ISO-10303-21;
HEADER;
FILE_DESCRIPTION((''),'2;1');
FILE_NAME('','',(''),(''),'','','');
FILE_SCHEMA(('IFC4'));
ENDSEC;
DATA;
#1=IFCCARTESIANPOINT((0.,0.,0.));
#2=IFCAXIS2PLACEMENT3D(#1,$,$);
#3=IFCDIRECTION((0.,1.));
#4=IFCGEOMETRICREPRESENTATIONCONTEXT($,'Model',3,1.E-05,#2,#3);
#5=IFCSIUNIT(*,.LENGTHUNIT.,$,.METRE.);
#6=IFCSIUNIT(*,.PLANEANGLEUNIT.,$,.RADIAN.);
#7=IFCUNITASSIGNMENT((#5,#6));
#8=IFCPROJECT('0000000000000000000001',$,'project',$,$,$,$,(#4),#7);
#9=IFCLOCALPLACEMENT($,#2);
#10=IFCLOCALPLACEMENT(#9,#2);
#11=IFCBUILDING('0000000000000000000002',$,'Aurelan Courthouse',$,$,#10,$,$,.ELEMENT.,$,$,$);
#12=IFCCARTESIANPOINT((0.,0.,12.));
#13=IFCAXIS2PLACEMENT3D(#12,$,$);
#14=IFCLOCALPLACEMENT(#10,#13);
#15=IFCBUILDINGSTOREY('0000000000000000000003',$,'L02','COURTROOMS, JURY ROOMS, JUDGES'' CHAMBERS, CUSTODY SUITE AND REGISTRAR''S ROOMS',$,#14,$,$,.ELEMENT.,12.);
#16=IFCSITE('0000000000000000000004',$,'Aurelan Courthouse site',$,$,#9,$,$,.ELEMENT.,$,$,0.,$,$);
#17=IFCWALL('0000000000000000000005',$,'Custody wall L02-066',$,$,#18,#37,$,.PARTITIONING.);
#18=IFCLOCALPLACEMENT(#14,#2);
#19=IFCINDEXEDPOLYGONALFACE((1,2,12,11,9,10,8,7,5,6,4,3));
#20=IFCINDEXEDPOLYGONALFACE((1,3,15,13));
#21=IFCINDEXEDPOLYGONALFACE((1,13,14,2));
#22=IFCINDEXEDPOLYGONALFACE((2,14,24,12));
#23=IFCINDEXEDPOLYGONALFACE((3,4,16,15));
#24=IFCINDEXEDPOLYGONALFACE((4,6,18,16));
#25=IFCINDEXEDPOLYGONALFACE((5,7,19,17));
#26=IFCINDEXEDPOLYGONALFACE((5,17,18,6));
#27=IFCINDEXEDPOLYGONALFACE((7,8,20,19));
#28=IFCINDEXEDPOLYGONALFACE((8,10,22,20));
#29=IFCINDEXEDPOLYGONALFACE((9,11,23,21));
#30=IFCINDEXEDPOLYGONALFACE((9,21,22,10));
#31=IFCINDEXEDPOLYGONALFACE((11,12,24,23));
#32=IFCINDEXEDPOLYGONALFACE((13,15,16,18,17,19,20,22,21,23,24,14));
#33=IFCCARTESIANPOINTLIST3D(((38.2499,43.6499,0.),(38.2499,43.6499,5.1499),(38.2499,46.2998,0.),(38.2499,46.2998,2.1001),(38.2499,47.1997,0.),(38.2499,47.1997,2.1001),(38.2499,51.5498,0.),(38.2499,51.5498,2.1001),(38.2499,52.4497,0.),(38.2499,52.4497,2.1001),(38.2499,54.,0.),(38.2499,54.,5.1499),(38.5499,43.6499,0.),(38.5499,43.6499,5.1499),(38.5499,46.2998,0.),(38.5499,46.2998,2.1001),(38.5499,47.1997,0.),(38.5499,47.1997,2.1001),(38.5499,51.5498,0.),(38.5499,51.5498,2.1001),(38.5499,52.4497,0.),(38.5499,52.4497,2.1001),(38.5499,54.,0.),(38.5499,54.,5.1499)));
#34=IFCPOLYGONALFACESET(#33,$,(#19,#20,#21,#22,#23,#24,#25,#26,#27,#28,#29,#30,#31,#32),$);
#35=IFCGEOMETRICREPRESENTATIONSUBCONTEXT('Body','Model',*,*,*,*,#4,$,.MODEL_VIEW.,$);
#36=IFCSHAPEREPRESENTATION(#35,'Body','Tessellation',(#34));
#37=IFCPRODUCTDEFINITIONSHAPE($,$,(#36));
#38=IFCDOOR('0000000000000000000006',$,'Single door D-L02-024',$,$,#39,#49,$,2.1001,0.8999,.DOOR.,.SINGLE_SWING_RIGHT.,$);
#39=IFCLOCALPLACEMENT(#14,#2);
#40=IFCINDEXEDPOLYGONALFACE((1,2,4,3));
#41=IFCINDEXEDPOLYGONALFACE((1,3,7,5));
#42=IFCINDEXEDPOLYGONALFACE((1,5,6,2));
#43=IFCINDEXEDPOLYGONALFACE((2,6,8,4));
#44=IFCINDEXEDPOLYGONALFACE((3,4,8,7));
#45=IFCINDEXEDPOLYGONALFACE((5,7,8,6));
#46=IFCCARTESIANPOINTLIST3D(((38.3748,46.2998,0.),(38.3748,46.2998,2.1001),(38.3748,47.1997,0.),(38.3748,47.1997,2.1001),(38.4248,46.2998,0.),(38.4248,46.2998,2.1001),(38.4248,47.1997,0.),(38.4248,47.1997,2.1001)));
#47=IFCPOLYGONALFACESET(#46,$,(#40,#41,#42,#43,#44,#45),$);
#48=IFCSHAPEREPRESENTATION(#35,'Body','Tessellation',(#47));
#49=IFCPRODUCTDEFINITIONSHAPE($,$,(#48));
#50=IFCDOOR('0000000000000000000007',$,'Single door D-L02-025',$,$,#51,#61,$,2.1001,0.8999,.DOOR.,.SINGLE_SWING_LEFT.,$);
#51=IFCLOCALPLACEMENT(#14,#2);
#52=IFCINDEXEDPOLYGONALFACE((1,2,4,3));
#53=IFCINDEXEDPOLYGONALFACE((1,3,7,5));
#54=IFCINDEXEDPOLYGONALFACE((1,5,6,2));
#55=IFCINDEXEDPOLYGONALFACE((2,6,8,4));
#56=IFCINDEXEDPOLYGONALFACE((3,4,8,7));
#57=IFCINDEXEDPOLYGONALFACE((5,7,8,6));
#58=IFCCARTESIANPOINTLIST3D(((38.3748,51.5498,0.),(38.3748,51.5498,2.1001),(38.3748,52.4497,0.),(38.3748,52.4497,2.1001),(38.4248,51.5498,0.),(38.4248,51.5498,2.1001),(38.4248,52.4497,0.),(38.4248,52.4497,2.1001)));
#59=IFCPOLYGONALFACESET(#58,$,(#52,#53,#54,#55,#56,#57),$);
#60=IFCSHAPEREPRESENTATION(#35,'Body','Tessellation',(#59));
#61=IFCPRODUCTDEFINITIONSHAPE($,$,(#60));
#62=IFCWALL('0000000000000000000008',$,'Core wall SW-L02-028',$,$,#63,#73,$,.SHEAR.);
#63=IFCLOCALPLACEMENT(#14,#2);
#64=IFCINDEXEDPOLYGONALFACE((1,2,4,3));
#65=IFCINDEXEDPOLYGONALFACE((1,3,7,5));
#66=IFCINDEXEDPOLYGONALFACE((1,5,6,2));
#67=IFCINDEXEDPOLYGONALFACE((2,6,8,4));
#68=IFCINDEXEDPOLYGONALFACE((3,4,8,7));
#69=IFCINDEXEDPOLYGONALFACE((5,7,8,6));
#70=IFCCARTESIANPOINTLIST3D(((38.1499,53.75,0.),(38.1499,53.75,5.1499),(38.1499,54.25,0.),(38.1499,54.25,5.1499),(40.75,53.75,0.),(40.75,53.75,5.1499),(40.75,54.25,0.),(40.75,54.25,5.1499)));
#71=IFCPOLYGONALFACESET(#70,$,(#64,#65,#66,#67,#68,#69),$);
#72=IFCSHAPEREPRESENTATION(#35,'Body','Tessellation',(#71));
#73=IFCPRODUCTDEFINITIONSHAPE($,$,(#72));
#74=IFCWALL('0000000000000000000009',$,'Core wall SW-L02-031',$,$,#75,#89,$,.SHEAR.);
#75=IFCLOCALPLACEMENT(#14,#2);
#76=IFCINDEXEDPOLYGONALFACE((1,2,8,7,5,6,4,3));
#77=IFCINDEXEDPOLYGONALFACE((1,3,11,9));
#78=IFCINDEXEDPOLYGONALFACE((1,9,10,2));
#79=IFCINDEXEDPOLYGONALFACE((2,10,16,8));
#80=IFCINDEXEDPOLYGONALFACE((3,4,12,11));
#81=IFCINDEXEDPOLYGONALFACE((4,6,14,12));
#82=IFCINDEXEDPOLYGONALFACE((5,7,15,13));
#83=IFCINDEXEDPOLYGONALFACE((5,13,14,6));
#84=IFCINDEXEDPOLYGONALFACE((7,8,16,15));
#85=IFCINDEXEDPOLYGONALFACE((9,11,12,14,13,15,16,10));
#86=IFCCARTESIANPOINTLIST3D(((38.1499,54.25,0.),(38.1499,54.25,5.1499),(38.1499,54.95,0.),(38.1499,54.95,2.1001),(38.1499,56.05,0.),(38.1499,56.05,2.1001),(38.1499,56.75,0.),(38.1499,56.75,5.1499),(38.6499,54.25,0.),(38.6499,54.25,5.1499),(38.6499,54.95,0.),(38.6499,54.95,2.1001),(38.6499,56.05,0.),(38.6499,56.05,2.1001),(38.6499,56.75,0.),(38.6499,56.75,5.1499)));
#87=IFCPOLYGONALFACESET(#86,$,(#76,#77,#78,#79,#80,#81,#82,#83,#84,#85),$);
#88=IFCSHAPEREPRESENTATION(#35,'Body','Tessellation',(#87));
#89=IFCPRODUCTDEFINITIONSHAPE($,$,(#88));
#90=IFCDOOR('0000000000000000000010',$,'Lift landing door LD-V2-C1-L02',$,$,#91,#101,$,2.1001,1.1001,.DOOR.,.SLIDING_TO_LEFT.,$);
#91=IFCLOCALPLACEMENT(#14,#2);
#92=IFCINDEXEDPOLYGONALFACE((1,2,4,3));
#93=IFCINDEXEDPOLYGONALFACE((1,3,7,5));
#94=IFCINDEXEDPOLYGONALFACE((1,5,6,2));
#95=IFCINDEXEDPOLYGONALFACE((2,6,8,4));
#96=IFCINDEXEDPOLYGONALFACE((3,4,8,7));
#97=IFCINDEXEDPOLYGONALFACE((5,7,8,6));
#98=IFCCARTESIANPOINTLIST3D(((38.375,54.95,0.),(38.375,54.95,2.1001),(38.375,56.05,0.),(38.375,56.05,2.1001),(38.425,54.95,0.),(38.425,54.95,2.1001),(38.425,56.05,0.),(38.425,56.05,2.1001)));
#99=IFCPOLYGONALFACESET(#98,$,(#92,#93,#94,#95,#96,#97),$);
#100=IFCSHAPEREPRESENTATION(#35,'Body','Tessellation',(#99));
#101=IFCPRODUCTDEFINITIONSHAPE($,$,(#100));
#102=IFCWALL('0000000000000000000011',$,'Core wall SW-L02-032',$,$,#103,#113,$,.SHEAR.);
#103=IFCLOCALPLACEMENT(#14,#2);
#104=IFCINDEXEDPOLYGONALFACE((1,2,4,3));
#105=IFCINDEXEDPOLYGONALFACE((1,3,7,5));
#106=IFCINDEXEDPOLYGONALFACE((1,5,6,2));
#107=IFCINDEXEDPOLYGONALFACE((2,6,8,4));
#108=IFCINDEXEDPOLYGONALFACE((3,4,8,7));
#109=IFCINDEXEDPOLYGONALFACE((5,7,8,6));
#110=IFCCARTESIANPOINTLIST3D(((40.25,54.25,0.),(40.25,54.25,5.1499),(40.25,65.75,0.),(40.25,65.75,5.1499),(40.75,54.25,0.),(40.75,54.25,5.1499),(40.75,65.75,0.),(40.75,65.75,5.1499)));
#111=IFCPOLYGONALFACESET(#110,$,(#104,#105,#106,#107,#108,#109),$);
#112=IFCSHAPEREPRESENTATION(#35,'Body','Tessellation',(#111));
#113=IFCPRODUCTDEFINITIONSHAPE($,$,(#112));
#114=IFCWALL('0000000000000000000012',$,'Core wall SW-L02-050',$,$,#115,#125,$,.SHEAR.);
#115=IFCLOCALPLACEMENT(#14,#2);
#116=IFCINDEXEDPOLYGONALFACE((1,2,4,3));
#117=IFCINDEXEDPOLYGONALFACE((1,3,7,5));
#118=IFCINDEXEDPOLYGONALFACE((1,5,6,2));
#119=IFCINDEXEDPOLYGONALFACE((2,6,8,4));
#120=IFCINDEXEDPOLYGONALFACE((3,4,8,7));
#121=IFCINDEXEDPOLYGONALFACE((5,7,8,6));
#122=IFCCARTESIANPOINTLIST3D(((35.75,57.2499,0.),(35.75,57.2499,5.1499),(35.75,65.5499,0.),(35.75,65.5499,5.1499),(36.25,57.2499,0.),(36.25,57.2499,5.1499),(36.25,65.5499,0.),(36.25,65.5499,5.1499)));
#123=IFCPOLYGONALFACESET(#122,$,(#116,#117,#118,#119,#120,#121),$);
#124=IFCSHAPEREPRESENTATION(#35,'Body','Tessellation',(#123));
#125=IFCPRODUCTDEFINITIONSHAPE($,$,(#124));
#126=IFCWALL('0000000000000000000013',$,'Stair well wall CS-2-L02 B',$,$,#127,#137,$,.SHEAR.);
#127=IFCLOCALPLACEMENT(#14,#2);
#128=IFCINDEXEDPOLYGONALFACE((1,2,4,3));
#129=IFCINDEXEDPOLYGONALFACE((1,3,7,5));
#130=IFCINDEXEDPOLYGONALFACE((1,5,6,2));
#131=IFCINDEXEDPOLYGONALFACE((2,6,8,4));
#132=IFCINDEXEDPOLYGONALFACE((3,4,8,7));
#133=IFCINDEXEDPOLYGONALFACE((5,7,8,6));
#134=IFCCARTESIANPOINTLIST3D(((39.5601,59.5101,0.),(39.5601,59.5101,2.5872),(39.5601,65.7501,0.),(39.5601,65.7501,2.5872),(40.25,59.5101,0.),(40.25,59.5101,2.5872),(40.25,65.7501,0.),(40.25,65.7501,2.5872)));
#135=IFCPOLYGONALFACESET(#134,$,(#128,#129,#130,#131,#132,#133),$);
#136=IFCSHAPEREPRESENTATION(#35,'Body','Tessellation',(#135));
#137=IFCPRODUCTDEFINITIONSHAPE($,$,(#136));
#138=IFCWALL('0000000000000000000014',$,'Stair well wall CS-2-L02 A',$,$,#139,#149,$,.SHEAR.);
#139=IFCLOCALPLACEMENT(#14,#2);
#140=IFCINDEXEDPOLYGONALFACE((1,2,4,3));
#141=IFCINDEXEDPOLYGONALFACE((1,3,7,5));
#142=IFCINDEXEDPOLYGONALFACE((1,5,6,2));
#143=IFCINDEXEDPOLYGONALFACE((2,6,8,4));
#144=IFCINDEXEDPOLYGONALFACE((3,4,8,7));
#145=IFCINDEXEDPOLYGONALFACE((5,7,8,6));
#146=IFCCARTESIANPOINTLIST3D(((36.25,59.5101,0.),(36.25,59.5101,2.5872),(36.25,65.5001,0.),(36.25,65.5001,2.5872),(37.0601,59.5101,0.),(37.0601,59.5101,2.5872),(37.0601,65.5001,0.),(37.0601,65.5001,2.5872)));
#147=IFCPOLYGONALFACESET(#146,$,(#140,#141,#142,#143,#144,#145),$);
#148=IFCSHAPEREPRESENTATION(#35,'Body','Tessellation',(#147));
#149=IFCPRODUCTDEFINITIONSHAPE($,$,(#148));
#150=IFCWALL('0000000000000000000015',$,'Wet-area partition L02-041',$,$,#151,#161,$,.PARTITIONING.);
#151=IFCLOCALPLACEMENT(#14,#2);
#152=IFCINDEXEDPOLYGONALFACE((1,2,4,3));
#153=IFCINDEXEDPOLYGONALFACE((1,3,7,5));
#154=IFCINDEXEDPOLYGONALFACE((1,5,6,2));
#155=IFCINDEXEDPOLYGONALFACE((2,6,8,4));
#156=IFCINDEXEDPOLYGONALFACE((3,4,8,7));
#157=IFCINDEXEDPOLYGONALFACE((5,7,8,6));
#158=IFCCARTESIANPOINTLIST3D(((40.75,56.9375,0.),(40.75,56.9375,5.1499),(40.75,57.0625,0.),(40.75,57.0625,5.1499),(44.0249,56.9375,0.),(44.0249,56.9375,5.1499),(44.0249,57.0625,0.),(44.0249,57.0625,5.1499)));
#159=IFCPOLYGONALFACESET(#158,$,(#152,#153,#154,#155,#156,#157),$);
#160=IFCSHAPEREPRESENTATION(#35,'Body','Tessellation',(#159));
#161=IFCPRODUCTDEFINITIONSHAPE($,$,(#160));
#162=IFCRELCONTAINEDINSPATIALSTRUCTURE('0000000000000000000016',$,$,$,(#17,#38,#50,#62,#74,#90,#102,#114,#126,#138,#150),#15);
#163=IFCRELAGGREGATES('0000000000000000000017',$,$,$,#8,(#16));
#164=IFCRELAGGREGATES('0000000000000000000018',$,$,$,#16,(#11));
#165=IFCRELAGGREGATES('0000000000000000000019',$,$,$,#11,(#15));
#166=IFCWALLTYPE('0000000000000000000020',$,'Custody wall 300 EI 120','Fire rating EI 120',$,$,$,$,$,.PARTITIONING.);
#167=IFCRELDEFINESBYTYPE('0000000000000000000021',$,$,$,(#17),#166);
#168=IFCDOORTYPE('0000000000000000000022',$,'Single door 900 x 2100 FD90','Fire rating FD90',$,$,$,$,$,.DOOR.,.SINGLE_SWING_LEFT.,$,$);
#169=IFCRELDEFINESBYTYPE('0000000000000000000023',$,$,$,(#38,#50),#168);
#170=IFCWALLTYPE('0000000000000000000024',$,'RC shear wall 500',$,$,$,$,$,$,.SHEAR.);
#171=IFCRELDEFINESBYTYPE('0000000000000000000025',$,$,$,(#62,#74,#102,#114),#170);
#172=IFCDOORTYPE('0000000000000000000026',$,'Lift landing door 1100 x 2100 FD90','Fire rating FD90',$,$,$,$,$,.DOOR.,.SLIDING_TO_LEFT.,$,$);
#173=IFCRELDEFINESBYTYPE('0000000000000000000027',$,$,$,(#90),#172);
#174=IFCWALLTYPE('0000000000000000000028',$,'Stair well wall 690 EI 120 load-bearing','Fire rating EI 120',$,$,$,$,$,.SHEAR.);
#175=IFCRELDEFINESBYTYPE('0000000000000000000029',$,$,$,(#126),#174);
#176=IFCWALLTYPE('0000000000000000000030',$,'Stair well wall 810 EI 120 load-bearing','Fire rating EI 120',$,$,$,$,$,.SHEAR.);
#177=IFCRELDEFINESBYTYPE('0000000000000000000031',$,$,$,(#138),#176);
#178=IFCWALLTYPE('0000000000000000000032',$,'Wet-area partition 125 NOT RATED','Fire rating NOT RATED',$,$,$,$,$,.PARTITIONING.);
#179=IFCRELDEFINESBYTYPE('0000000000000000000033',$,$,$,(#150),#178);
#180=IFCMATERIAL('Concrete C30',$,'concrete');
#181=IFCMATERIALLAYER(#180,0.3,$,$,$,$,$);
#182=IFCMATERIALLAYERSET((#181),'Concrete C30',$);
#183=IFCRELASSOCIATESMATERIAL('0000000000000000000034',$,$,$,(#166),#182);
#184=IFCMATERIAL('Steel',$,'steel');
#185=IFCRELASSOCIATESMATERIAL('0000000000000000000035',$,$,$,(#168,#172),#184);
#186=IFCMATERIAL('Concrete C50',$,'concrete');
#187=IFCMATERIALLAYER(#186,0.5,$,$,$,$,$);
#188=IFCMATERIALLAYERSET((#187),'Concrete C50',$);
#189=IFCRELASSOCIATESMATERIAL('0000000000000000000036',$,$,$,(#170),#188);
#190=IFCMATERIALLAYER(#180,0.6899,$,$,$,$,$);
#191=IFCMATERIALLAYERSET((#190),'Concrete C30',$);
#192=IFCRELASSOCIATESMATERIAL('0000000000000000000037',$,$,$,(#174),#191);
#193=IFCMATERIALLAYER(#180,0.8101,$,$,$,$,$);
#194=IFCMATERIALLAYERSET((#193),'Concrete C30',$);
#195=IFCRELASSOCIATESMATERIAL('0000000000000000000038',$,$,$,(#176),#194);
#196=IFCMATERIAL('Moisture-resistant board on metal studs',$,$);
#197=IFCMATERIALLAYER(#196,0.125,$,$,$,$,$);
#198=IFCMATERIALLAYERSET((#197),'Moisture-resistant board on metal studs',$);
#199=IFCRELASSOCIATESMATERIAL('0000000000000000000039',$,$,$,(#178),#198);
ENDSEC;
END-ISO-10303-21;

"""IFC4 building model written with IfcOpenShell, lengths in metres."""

from ifc_helpers import new_model, si_unit, direction, frame, frame_2d, origin, place, context, subcontext, project, spatial, rectangle, extrude, material, layer, layer_set, type_object, element, fill, save


model = new_model("IFC4")

# Units and contexts
model_context = context("Model", 3, precision=1e-05, world=origin(), true_north=direction((0.0, 1.0)))
body_context = subcontext(model_context, "Body", "Model", "MODEL_VIEW")
ifc_project = project(units=[si_unit("LENGTHUNIT", "METRE"), si_unit("PLANEANGLEUNIT", "RADIAN")], contexts=[model_context])

# Site, building, storey
site_placement = place(None, origin())
site = spatial("IfcSite", under=ifc_project, at=site_placement, Name="Aurelan Courthouse site", CompositionType="ELEMENT", RefElevation=0.0)
building_placement = place(site_placement, origin())
building = spatial("IfcBuilding", under=site, at=building_placement, Name="Aurelan Courthouse", CompositionType="ELEMENT")
storey_placement = place(building_placement, frame((0.0, 0.0, 12.0)))
storey = spatial("IfcBuildingStorey", under=building, at=storey_placement, Name="L02", Description="COURTROOMS, JURY ROOMS, JUDGES' CHAMBERS, CUSTODY SUITE AND REGISTRAR'S ROOMS", CompositionType="ELEMENT", Elevation=12.0)

# Shared definitions
ifc_material_1 = material(Name="Concrete C50", Category="concrete")

# Shared definitions
ifc_material_2 = material(Name="Steel", Category="steel")

# Shared definitions
ifc_material_3 = material(Name="Concrete C30", Category="concrete")
ifc_layer_1 = layer(ifc_material_3, 0.3)
ifc_layer_set_1 = layer_set([ifc_layer_1], Name="Concrete C30")
wall_type_1 = type_object("IfcWallType", Name="Custody wall 300 EI 120", Description="Fire rating EI 120", PredefinedType="PARTITIONING", material=ifc_layer_set_1)

# Wall, openings, doors
wall_1_placement = place(storey_placement, frame((38.3999, 43.6499, 0.0), z_axis=(0.0, 0.0, 1.0), x_axis=(0.0, 1.0, 0.0)))
wall_1 = element("IfcWall", 1, at=wall_1_placement, inside=storey, type_object=wall_type_1, Name="Custody wall L02-066", PredefinedType="PARTITIONING", context=body_context, shape_type="SweptSolid", body=[
    extrude(rectangle(XDim=10.3501, YDim=0.3, at=frame_2d((5.175, 0.0))), origin(), (0.0, 0.0, 1.0), 5.1499),
])
opening_1_placement = place(wall_1_placement, frame((3.5498, 0.0, 0.0), z_axis=(0.0, 0.0, 1.0), x_axis=(-1.0, 0.0, 0.0)))
opening_1 = element("IfcOpeningElement", 2, at=opening_1_placement, cuts=wall_1, PredefinedType="OPENING", context=body_context, shape_type="SweptSolid", body=[
    extrude(rectangle(XDim=0.8999, YDim=2.1001, at=frame_2d((0.45, 1.05))), frame((0.0, 0.1599, 0.0), z_axis=(0.0, -1.0, 0.0), x_axis=(1.0, 0.0, 0.0)), (0.0, 0.0, 1.0), 0.3201),
])
opening_2_placement = place(wall_1_placement, frame((8.7998, 0.0, 0.0), z_axis=(0.0, 0.0, 1.0), x_axis=(-1.0, 0.0, 0.0)))
opening_2 = element("IfcOpeningElement", 3, at=opening_2_placement, cuts=wall_1, PredefinedType="OPENING", context=body_context, shape_type="SweptSolid", body=[
    extrude(rectangle(XDim=0.8999, YDim=2.1001, at=frame_2d((0.45, 1.05))), frame((0.0, 0.1599, 0.0), z_axis=(0.0, -1.0, 0.0), x_axis=(1.0, 0.0, 0.0)), (0.0, 0.0, 1.0), 0.3201),
])
door_type_1 = type_object("IfcDoorType", Name="Single door 900 x 2100 FD90", Description="Fire rating FD90", OperationType="SINGLE_SWING_LEFT", PredefinedType="DOOR", material=ifc_material_2)
door_1_placement = place(opening_1_placement, origin())
door_1 = element("IfcDoor", 4, at=door_1_placement, inside=storey, type_object=door_type_1, Name="Single door D-L02-024", OperationType="SINGLE_SWING_RIGHT", OverallHeight=2.1001, OverallWidth=0.8999, PredefinedType="DOOR", context=body_context, shape_type="SweptSolid", body=[
    extrude(rectangle(XDim=0.8999, YDim=2.1001, at=frame_2d((0.45, 1.05))), frame((0.0, 0.0249, 0.0), z_axis=(0.0, -1.0, 0.0), x_axis=(1.0, 0.0, 0.0)), (0.0, 0.0, 1.0), 0.05),
])
fill(opening_1, door_1)
door_2_placement = place(opening_2_placement, origin())
door_2 = element("IfcDoor", 5, at=door_2_placement, inside=storey, type_object=door_type_1, Name="Single door D-L02-025", OperationType="SINGLE_SWING_LEFT", OverallHeight=2.1001, OverallWidth=0.8999, PredefinedType="DOOR", context=body_context, shape_type="SweptSolid", body=[
    extrude(rectangle(XDim=0.8999, YDim=2.1001, at=frame_2d((0.45, 1.05))), frame((0.0, 0.0249, 0.0), z_axis=(0.0, -1.0, 0.0), x_axis=(1.0, 0.0, 0.0)), (0.0, 0.0, 1.0), 0.05),
])
fill(opening_2, door_2)

# Wall
ifc_layer_2 = layer(ifc_material_1, 0.5)
ifc_layer_set_2 = layer_set([ifc_layer_2], Name="Concrete C50")
wall_type_2 = type_object("IfcWallType", Name="RC shear wall 500", PredefinedType="SHEAR", material=ifc_layer_set_2)
wall_2_placement = place(storey_placement, frame((38.1499, 54.0, 0.0), z_axis=(0.0, 0.0, 1.0), x_axis=(1.0, 0.0, 0.0)))
element("IfcWall", 6, at=wall_2_placement, inside=storey, type_object=wall_type_2, Name="Core wall SW-L02-028", PredefinedType="SHEAR", context=body_context, shape_type="SweptSolid", body=[
    extrude(rectangle(XDim=2.6001, YDim=0.5, at=frame_2d((1.3, 0.0))), origin(), (0.0, 0.0, 1.0), 5.1499),
])

# Wall, opening, door
wall_3_placement = place(storey_placement, frame((38.3999, 54.25, 0.0), z_axis=(0.0, 0.0, 1.0), x_axis=(0.0, 1.0, 0.0)))
wall_3 = element("IfcWall", 7, at=wall_3_placement, inside=storey, type_object=wall_type_2, Name="Core wall SW-L02-031", PredefinedType="SHEAR", context=body_context, shape_type="SweptSolid", body=[
    extrude(rectangle(XDim=2.5, YDim=0.5, at=frame_2d((1.25, 0.0))), origin(), (0.0, 0.0, 1.0), 5.1499),
])
opening_3_placement = place(wall_3_placement, frame((0.7, 0.0, 0.0)))
opening_3 = element("IfcOpeningElement", 8, at=opening_3_placement, cuts=wall_3, PredefinedType="OPENING", context=body_context, shape_type="SweptSolid", body=[
    extrude(rectangle(XDim=1.1001, YDim=2.1001, at=frame_2d((0.55, 1.05))), frame((0.0, 0.26, 0.0), z_axis=(0.0, -1.0, 0.0), x_axis=(1.0, 0.0, 0.0)), (0.0, 0.0, 1.0), 0.52),
])
door_type_2 = type_object("IfcDoorType", Name="Lift landing door 1100 x 2100 FD90", Description="Fire rating FD90", OperationType="SLIDING_TO_LEFT", PredefinedType="DOOR", material=ifc_material_2)
door_3_placement = place(opening_3_placement, origin())
door_3 = element("IfcDoor", 9, at=door_3_placement, inside=storey, type_object=door_type_2, Name="Lift landing door LD-V2-C1-L02", OperationType="SLIDING_TO_LEFT", OverallHeight=2.1001, OverallWidth=1.1001, PredefinedType="DOOR", context=body_context, shape_type="SweptSolid", body=[
    extrude(rectangle(XDim=1.1001, YDim=2.1001, at=frame_2d((0.55, 1.05))), frame((0.0, 0.0249, 0.0), z_axis=(0.0, -1.0, 0.0), x_axis=(1.0, 0.0, 0.0)), (0.0, 0.0, 1.0), 0.05),
])
fill(opening_3, door_3)

# Walls
wall_4_placement = place(storey_placement, frame((40.5, 54.25, 0.0), z_axis=(0.0, 0.0, 1.0), x_axis=(0.0, 1.0, 0.0)))
element("IfcWall", 10, at=wall_4_placement, inside=storey, type_object=wall_type_2, Name="Core wall SW-L02-032", PredefinedType="SHEAR", context=body_context, shape_type="SweptSolid", body=[
    extrude(rectangle(XDim=11.5, YDim=0.5, at=frame_2d((5.75, 0.0))), origin(), (0.0, 0.0, 1.0), 5.1499),
])
wall_5_placement = place(storey_placement, frame((36.0, 57.25, 0.0), z_axis=(0.0, 0.0, 1.0), x_axis=(0.0, 1.0, 0.0)))
element("IfcWall", 11, at=wall_5_placement, inside=storey, type_object=wall_type_2, Name="Core wall SW-L02-050", PredefinedType="SHEAR", context=body_context, shape_type="SweptSolid", body=[
    extrude(rectangle(XDim=8.3, YDim=0.5, at=frame_2d((4.1499, 0.0))), origin(), (0.0, 0.0, 1.0), 5.1499),
])
ifc_layer_3 = layer(ifc_material_3, 0.6899)
ifc_layer_set_3 = layer_set([ifc_layer_3], Name="Concrete C30")
wall_type_3 = type_object("IfcWallType", Name="Stair well wall 690 EI 120 load-bearing", Description="Fire rating EI 120", PredefinedType="SHEAR", material=ifc_layer_set_3)
wall_6_placement = place(storey_placement, frame((39.905, 59.51, 0.0), z_axis=(0.0, 0.0, 1.0), x_axis=(0.0, 1.0, 0.0)))
element("IfcWall", 12, at=wall_6_placement, inside=storey, type_object=wall_type_3, Name="Stair well wall CS-2-L02 B", PredefinedType="SHEAR", context=body_context, shape_type="SweptSolid", body=[
    extrude(rectangle(XDim=6.24, YDim=0.6899, at=frame_2d((3.1201, 0.0))), origin(), (0.0, 0.0, 1.0), 2.5872),
])
ifc_layer_4 = layer(ifc_material_3, 0.8101)
ifc_layer_set_4 = layer_set([ifc_layer_4], Name="Concrete C30")
wall_type_4 = type_object("IfcWallType", Name="Stair well wall 810 EI 120 load-bearing", Description="Fire rating EI 120", PredefinedType="SHEAR", material=ifc_layer_set_4)
wall_7_placement = place(storey_placement, frame((36.655, 59.51, 0.0), z_axis=(0.0, 0.0, 1.0), x_axis=(0.0, 1.0, 0.0)))
element("IfcWall", 13, at=wall_7_placement, inside=storey, type_object=wall_type_4, Name="Stair well wall CS-2-L02 A", PredefinedType="SHEAR", context=body_context, shape_type="SweptSolid", body=[
    extrude(rectangle(XDim=5.99, YDim=0.8101, at=frame_2d((2.9951, 0.0))), origin(), (0.0, 0.0, 1.0), 2.5872),
])
ifc_material_4 = material(Name="Moisture-resistant board on metal studs")
ifc_layer_5 = layer(ifc_material_4, 0.125)
ifc_layer_set_5 = layer_set([ifc_layer_5], Name="Moisture-resistant board on metal studs")
wall_type_5 = type_object("IfcWallType", Name="Wet-area partition 125 NOT RATED", Description="Fire rating NOT RATED", PredefinedType="PARTITIONING", material=ifc_layer_set_5)
wall_8_placement = place(storey_placement, frame((40.75, 57.0, 0.0), z_axis=(0.0, 0.0, 1.0), x_axis=(1.0, 0.0, 0.0)))
element("IfcWall", 14, at=wall_8_placement, inside=storey, type_object=wall_type_5, Name="Wet-area partition L02-041", PredefinedType="PARTITIONING", context=body_context, shape_type="SweptSolid", body=[
    extrude(rectangle(XDim=3.2749, YDim=0.125, at=frame_2d((1.6375, 0.0))), origin(), (0.0, 0.0, 1.0), 5.1499),
])

save(model, "model.ifc")
